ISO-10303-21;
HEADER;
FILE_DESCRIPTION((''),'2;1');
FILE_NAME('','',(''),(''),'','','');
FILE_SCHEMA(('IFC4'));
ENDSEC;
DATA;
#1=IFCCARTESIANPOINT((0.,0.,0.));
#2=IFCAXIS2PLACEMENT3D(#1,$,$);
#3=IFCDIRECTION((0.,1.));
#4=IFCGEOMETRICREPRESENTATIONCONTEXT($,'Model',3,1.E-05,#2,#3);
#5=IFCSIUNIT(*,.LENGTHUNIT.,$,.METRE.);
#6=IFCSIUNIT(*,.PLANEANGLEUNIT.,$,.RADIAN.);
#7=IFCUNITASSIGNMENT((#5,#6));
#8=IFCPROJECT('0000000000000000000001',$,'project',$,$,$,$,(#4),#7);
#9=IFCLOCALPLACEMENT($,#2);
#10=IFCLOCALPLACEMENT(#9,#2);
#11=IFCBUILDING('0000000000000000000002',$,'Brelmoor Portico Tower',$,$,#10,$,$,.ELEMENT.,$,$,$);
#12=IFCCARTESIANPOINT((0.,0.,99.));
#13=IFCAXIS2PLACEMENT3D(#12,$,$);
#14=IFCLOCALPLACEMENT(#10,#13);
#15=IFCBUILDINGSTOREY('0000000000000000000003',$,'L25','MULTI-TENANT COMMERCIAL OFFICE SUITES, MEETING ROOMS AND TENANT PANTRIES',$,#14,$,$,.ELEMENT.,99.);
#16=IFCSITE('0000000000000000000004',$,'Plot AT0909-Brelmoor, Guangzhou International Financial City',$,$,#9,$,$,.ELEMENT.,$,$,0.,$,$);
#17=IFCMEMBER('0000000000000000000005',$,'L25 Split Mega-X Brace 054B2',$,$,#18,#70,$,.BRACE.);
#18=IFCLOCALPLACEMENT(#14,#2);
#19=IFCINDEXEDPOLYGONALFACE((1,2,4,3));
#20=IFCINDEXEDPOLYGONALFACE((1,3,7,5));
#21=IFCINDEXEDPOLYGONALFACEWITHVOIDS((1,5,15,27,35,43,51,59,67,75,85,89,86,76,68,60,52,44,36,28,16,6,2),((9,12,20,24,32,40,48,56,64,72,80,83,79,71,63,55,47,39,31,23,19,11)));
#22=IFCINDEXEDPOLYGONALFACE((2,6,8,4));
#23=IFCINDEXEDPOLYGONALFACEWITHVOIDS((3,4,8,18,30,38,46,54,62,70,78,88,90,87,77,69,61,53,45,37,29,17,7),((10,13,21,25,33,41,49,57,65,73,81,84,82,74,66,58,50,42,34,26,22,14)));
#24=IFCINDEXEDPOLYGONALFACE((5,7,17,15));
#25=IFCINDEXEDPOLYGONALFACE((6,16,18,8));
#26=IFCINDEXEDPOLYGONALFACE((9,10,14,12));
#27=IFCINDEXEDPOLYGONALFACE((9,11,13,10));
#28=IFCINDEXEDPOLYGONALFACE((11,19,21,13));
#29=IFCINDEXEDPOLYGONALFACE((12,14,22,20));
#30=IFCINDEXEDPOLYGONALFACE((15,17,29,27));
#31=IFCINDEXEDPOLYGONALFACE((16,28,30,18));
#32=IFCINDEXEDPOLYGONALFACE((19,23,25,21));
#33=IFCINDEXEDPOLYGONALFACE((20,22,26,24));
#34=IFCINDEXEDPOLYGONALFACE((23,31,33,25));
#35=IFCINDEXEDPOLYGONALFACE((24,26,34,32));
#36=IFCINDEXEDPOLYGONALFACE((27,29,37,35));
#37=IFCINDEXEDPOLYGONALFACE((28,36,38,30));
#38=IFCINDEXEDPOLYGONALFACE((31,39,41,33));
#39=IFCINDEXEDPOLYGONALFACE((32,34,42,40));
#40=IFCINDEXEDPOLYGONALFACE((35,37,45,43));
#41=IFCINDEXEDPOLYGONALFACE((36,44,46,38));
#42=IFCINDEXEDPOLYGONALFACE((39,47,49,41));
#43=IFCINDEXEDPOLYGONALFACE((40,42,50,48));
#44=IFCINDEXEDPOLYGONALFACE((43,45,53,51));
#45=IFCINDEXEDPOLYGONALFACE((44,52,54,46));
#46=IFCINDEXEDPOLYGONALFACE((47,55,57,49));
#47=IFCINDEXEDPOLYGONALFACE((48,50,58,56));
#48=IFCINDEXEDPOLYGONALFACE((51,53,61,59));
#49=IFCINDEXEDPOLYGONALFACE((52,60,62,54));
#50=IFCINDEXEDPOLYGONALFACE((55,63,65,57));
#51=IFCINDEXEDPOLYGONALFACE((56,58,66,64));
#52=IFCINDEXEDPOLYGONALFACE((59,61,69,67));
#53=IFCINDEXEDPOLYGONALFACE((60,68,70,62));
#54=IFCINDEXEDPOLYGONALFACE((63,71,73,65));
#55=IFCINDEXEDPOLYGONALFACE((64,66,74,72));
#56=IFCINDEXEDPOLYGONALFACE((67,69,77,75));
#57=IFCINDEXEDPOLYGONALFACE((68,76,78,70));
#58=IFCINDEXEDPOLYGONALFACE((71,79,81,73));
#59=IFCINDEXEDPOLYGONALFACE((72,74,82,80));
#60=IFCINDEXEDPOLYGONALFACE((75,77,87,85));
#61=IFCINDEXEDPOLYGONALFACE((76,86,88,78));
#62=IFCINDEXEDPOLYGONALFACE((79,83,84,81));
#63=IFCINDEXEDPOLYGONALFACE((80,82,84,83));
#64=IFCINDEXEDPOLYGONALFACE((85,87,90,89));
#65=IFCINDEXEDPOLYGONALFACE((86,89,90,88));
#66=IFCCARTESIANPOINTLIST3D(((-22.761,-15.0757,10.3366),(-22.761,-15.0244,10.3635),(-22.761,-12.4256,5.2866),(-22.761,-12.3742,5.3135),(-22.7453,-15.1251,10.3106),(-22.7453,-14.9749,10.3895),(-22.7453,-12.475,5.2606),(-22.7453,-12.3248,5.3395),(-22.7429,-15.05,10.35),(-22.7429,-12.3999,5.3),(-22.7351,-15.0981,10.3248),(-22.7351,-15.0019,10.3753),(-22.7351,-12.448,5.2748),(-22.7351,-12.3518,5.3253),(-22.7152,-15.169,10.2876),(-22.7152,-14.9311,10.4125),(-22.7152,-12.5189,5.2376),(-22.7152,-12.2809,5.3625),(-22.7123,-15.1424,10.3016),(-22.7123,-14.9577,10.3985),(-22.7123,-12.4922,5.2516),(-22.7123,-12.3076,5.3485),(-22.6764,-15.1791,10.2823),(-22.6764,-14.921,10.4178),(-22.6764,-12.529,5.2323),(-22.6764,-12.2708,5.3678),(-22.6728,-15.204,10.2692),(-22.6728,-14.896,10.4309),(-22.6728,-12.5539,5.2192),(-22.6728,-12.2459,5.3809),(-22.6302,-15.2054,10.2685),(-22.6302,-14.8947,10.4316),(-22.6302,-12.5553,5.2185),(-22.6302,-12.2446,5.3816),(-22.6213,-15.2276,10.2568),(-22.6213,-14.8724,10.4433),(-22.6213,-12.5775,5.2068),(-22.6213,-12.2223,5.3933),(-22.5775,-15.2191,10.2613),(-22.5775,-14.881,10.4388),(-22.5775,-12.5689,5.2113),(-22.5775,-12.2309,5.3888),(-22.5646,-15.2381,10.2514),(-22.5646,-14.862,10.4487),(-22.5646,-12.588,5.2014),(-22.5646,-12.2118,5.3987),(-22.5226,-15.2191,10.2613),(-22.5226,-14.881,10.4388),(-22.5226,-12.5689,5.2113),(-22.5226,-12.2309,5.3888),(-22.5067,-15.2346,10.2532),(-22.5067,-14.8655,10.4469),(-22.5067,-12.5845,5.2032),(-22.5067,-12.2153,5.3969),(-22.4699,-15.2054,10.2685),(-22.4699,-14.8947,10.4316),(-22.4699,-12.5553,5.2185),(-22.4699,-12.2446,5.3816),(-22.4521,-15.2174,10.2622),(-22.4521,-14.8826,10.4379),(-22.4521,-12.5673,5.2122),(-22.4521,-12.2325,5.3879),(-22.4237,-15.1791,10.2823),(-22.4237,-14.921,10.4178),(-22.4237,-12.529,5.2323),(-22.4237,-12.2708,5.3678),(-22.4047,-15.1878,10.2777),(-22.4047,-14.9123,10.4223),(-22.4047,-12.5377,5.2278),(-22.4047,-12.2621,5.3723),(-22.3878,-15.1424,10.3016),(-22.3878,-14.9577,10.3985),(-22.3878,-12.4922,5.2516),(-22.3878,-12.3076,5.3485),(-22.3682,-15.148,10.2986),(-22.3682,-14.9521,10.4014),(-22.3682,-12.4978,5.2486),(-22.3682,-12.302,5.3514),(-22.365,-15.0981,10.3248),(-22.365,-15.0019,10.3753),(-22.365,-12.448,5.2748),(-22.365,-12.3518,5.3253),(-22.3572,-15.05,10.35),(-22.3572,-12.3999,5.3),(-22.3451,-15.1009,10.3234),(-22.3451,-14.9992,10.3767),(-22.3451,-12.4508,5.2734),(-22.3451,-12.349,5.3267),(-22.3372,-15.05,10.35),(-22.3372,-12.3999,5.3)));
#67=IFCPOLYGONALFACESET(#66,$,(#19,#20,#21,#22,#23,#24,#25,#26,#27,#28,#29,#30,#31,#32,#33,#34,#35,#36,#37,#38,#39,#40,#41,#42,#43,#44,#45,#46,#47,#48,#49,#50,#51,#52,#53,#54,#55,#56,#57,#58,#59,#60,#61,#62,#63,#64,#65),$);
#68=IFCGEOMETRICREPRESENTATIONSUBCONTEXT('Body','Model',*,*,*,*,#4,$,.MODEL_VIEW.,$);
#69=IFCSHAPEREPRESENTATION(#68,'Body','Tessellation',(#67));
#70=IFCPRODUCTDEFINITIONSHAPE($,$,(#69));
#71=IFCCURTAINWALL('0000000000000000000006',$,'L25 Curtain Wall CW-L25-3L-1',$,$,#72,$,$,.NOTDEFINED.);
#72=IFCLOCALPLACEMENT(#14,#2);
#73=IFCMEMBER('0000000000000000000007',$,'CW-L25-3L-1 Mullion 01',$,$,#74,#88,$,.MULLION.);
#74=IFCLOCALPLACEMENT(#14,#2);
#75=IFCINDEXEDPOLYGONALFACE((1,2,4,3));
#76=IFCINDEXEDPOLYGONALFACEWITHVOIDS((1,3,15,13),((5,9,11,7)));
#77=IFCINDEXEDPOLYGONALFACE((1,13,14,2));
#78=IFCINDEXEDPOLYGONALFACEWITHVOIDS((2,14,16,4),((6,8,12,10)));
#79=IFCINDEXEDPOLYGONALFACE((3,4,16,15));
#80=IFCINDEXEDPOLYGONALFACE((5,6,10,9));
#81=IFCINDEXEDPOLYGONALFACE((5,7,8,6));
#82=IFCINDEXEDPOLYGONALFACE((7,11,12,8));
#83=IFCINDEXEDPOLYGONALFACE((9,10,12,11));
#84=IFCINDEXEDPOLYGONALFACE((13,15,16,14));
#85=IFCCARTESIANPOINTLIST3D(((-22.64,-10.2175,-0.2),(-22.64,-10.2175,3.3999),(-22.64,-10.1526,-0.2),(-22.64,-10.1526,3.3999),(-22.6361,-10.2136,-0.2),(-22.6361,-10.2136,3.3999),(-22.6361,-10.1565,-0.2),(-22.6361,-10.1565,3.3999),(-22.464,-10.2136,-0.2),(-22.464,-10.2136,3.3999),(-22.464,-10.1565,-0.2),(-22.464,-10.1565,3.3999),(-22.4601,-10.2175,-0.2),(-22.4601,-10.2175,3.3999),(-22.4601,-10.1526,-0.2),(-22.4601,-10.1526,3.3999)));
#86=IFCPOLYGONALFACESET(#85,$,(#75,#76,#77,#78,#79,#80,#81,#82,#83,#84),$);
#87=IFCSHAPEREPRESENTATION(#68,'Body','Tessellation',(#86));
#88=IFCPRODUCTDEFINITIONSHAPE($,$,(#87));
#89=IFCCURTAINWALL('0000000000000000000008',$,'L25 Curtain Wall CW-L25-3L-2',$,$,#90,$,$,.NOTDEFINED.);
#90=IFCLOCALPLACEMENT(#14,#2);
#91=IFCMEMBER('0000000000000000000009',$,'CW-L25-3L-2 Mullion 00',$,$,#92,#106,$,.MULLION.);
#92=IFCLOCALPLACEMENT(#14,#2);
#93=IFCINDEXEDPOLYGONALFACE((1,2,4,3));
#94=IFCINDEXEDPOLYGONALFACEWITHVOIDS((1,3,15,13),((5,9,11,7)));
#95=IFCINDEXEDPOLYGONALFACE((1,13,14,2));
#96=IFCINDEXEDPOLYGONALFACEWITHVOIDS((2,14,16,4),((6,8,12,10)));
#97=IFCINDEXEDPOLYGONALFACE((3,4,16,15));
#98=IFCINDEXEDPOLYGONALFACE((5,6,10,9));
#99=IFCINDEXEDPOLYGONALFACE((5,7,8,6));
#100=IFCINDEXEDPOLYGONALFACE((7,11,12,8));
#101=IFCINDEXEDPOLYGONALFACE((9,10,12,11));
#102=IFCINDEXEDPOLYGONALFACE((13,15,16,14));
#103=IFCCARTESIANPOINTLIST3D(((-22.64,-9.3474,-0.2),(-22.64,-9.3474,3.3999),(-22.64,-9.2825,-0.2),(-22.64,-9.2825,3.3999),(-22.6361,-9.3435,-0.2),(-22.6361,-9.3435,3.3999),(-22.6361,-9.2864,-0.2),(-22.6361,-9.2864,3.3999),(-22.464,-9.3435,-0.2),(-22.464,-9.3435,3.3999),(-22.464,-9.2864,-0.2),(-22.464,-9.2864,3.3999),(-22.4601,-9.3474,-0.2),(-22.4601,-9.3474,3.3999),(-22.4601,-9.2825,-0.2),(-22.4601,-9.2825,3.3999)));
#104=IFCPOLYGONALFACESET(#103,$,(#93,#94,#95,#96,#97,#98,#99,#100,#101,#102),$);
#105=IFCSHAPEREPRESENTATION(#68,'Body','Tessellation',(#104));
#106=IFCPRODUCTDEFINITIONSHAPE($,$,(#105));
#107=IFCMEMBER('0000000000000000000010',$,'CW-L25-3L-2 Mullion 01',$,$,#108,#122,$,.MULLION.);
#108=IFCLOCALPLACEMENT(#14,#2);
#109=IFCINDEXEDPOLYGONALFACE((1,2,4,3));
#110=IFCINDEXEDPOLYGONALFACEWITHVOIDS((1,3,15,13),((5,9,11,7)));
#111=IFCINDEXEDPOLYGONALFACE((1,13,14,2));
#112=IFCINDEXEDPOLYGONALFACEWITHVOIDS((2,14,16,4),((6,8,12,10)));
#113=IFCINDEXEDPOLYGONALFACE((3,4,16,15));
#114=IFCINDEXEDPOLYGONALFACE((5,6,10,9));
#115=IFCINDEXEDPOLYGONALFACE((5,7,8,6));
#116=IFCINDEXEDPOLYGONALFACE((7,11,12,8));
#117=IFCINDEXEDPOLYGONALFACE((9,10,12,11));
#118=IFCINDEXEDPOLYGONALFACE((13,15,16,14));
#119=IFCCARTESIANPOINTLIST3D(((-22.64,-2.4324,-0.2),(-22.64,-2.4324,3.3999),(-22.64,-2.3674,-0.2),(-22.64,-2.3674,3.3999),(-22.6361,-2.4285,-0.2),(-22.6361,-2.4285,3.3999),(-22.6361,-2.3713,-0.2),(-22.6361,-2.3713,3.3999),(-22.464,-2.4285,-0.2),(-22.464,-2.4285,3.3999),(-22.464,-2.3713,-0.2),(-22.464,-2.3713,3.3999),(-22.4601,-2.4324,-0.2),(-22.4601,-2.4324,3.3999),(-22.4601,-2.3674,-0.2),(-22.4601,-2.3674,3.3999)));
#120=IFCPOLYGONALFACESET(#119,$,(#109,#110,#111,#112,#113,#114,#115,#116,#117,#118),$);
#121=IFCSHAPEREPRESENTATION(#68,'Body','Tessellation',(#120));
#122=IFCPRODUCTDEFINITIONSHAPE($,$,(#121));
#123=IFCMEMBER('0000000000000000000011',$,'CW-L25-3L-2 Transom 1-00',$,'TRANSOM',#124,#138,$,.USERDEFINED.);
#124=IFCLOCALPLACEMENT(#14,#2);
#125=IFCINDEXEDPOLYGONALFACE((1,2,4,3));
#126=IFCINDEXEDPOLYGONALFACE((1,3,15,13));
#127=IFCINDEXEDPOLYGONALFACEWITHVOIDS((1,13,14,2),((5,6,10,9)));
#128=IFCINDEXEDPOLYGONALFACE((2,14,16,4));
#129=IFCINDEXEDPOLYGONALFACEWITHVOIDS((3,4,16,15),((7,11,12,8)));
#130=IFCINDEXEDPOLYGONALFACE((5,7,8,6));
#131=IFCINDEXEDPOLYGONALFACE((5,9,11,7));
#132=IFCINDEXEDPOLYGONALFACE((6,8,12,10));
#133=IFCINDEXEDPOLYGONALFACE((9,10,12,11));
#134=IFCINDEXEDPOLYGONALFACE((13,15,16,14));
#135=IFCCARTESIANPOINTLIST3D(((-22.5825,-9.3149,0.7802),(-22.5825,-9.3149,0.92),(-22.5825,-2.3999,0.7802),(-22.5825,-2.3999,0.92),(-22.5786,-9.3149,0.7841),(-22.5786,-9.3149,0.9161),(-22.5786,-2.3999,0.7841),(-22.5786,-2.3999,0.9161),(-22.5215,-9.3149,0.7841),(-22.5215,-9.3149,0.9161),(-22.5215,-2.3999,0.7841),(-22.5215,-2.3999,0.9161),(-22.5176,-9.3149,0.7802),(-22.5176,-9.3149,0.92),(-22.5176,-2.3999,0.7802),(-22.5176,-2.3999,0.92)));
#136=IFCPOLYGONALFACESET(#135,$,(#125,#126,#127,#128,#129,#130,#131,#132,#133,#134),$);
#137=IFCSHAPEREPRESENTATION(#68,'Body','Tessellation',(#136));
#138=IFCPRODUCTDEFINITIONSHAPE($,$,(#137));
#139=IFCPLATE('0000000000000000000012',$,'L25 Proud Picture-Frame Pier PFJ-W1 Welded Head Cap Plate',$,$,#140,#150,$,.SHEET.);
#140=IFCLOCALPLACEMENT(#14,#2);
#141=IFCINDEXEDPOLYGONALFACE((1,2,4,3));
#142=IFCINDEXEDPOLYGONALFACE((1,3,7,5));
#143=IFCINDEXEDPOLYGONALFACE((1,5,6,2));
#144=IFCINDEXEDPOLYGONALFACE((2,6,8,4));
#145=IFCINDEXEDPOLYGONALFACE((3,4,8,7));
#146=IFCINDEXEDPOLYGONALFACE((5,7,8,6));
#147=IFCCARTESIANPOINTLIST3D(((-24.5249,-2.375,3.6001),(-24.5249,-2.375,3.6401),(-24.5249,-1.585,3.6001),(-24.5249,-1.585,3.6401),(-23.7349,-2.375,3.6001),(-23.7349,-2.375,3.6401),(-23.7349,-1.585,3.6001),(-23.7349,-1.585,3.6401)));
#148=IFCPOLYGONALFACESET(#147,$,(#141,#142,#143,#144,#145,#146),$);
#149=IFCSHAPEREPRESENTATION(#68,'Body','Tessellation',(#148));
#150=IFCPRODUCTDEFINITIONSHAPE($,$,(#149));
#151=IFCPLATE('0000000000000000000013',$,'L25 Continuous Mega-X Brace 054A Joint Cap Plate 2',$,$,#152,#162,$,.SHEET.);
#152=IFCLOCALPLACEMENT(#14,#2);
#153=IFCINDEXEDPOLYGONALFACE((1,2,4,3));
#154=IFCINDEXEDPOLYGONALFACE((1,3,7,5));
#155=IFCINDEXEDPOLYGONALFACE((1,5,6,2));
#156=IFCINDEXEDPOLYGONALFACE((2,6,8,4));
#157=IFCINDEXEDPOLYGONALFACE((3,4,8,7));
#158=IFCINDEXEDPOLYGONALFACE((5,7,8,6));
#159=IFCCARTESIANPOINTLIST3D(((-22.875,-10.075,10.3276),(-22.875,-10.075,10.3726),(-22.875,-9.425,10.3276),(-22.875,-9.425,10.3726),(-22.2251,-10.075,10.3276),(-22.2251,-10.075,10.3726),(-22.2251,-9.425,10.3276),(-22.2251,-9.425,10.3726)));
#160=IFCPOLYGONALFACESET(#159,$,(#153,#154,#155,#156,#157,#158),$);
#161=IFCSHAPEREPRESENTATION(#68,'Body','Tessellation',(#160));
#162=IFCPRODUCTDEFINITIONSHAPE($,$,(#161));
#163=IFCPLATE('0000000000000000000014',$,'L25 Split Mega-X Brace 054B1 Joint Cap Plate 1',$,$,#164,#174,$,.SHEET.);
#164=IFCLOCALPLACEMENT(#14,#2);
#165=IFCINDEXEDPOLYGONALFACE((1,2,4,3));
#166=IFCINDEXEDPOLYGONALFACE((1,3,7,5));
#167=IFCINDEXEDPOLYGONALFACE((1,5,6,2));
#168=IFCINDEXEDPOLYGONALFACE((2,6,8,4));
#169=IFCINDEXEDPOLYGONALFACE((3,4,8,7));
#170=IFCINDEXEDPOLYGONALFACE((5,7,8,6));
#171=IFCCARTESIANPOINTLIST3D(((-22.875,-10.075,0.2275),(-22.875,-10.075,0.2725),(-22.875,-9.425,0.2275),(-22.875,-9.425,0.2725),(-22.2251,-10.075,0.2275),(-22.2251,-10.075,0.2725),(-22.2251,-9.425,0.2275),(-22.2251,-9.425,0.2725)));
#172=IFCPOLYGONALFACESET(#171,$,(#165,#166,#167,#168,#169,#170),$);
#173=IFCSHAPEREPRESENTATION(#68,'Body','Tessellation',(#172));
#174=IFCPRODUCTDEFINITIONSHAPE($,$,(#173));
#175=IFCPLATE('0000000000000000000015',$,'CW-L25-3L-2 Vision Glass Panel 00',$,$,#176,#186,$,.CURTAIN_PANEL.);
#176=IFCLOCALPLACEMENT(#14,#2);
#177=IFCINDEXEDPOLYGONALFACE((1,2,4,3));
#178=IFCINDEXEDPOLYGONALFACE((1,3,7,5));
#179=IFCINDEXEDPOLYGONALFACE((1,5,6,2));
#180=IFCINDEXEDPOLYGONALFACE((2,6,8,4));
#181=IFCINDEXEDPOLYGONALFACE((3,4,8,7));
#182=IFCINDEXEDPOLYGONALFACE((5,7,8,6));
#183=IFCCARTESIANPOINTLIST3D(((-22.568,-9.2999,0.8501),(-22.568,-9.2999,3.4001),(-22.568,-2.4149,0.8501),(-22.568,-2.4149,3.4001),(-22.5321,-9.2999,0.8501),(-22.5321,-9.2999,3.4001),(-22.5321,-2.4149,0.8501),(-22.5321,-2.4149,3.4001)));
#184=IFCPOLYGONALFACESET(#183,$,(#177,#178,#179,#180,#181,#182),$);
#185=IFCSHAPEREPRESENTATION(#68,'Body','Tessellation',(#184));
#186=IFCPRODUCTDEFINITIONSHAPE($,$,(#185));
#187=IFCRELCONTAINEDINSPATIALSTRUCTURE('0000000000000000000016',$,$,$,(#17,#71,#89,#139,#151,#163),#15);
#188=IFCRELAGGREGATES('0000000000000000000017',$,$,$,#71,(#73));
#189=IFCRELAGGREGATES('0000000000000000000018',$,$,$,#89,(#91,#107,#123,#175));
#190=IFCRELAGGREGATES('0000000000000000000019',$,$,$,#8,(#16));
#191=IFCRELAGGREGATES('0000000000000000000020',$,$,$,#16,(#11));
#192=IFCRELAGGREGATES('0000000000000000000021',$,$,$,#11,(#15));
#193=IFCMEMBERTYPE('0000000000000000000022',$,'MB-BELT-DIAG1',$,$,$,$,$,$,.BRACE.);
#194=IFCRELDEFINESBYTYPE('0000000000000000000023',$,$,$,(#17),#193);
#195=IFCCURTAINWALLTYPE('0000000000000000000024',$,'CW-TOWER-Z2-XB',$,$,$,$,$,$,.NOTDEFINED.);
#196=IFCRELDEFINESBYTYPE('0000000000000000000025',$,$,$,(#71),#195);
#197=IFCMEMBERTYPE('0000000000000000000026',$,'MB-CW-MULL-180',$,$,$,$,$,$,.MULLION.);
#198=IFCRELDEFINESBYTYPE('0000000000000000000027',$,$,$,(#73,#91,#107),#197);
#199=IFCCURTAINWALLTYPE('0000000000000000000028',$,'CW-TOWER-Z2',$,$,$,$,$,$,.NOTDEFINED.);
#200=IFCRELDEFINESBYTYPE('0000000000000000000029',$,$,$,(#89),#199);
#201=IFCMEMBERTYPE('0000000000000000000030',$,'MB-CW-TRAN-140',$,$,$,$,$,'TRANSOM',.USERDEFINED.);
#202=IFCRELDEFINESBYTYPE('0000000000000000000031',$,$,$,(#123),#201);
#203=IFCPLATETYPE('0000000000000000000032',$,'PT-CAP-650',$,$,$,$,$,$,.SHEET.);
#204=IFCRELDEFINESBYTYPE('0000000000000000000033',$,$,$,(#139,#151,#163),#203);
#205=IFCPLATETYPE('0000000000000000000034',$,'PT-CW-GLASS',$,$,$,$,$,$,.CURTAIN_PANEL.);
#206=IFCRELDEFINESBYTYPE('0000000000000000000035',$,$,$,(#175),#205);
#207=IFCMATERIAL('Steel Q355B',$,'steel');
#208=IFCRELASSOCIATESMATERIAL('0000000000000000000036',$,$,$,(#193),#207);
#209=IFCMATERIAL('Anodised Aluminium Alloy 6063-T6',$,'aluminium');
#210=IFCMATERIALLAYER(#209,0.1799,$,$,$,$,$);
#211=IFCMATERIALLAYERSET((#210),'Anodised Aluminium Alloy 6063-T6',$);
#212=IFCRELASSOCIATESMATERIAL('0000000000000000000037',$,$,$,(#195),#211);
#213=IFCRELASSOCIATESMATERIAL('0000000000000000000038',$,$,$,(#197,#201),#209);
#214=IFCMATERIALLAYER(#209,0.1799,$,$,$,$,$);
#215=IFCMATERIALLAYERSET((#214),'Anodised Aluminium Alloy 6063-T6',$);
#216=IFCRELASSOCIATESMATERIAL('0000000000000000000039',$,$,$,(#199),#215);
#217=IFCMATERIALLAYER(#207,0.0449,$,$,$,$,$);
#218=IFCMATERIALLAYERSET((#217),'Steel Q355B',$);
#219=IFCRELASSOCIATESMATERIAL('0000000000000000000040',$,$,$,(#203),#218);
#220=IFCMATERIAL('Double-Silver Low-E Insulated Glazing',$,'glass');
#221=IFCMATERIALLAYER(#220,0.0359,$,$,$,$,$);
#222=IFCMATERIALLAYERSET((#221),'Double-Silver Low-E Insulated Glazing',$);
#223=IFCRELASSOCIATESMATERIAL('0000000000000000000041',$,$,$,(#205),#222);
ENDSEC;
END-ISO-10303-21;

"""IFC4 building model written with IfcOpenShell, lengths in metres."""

from ifc_helpers import new_model, si_unit, direction, frame, origin, origin_2d, place, context, subcontext, project, spatial, rectangle, hollow_rectangle, hollow_circle, extrude, material, layer, layer_set, material_profile, profile_set, type_object, element, aggregate, save


model = new_model("IFC4")

# Units and contexts
model_context = context("Model", 3, precision=1e-05, world=origin(), true_north=direction((0.0, 1.0)))
body_context = subcontext(model_context, "Body", "Model", "MODEL_VIEW")
ifc_project = project(units=[si_unit("LENGTHUNIT", "METRE"), si_unit("PLANEANGLEUNIT", "RADIAN")], contexts=[model_context])

# Site, building, storey
site_placement = place(None, origin())
site = spatial("IfcSite", under=ifc_project, at=site_placement, Name="Plot AT0909-Brelmoor, Guangzhou International Financial City", CompositionType="ELEMENT", RefElevation=0.0)
building_placement = place(site_placement, origin())
building = spatial("IfcBuilding", under=site, at=building_placement, Name="Brelmoor Portico Tower", CompositionType="ELEMENT")
storey_placement = place(building_placement, frame((0.0, 0.0, 99.0)))
storey = spatial("IfcBuildingStorey", under=building, at=storey_placement, Name="L25", Description="MULTI-TENANT COMMERCIAL OFFICE SUITES, MEETING ROOMS AND TENANT PANTRIES", CompositionType="ELEMENT", Elevation=99.0)

# Shared definitions
ifc_material_1 = material(Name="Steel Q355B", Category="steel")

# Member
ifc_material_profile_1 = material_profile(ifc_material_1, hollow_circle(Radius=0.2129, WallThickness=0.02, at=origin_2d()), Name="CHS 426x20")
ifc_profile_set_1 = profile_set([ifc_material_profile_1], Name="Steel Q355B")
member_type_1 = type_object("IfcMemberType", Name="MB-BELT-DIAG1", PredefinedType="BRACE", material=ifc_profile_set_1)
for number, where, z_axis, x_axis, name in (
    (1, (-22.55, -12.3999, 5.3), (0.0, -0.464679, 0.885479), (1.0, 0.0, 0.0), "L25 Split Mega-X Brace 054B2"),
):
    element("IfcMember", number, at=place(storey_placement, frame(where, z_axis=z_axis, x_axis=x_axis)), inside=storey, type_object=member_type_1, Name=name, PredefinedType="BRACE", context=body_context, shape_type="SweptSolid", body=[
        extrude(hollow_circle(Radius=0.2129, WallThickness=0.02, at=origin_2d()), origin(), (0.0, 0.0, 1.0), 5.7031),
    ])

# Curtain wall, member
ifc_material_2 = material(Name="Anodised Aluminium Alloy 6063-T6", Category="aluminium")
ifc_layer_1 = layer(ifc_material_2, 0.1799)
ifc_layer_set_1 = layer_set([ifc_layer_1], Name="Anodised Aluminium Alloy 6063-T6")
curtain_wall_type_1 = type_object("IfcCurtainWallType", Name="CW-TOWER-Z2-XB", PredefinedType="NOTDEFINED", material=ifc_layer_set_1)
curtain_wall_1_placement = place(storey_placement, origin())
curtain_wall_1 = element("IfcCurtainWall", 2, at=curtain_wall_1_placement, inside=storey, type_object=curtain_wall_type_1, Name="L25 Curtain Wall CW-L25-3L-1", PredefinedType="NOTDEFINED")
ifc_material_profile_2 = material_profile(ifc_material_2, hollow_rectangle(XDim=0.0649, YDim=0.1799, WallThickness=0.0039, at=origin_2d()), Name="ALU MULLION 65x180")
ifc_profile_set_2 = profile_set([ifc_material_profile_2], Name="Anodised Aluminium Alloy 6063-T6")
member_type_2 = type_object("IfcMemberType", Name="MB-CW-MULL-180", PredefinedType="MULLION", material=ifc_profile_set_2)
member_1_placement = place(storey_placement, frame((-22.55, -10.1851, -0.2), z_axis=(0.0, 0.0, 1.0), x_axis=(0.0, 1.0, 0.0)))
member_1 = element("IfcMember", 3, at=member_1_placement, type_object=member_type_2, Name="CW-L25-3L-1 Mullion 01", PredefinedType="MULLION", context=body_context, shape_type="SweptSolid", body=[
    extrude(hollow_rectangle(XDim=0.0649, YDim=0.1799, WallThickness=0.0039, at=origin_2d()), origin(), (0.0, 0.0, 1.0), 3.5999),
])

# Curtain wall, members
ifc_layer_2 = layer(ifc_material_2, 0.1799)
ifc_layer_set_2 = layer_set([ifc_layer_2], Name="Anodised Aluminium Alloy 6063-T6")
curtain_wall_type_2 = type_object("IfcCurtainWallType", Name="CW-TOWER-Z2", PredefinedType="NOTDEFINED", material=ifc_layer_set_2)
curtain_wall_2_placement = place(storey_placement, origin())
curtain_wall_2 = element("IfcCurtainWall", 4, at=curtain_wall_2_placement, inside=storey, type_object=curtain_wall_type_2, Name="L25 Curtain Wall CW-L25-3L-2", PredefinedType="NOTDEFINED")
member_2_placement = place(storey_placement, frame((-22.55, -9.3149, -0.2), z_axis=(0.0, 0.0, 1.0), x_axis=(0.0, 1.0, 0.0)))
member_2 = element("IfcMember", 5, at=member_2_placement, type_object=member_type_2, Name="CW-L25-3L-2 Mullion 00", PredefinedType="MULLION", context=body_context, shape_type="SweptSolid", body=[
    extrude(hollow_rectangle(XDim=0.0649, YDim=0.1799, WallThickness=0.0039, at=origin_2d()), origin(), (0.0, 0.0, 1.0), 3.5999),
])
member_3_placement = place(storey_placement, frame((-22.55, -2.3999, -0.2), z_axis=(0.0, 0.0, 1.0), x_axis=(0.0, 1.0, 0.0)))
member_3 = element("IfcMember", 6, at=member_3_placement, type_object=member_type_2, Name="CW-L25-3L-2 Mullion 01", PredefinedType="MULLION", context=body_context, shape_type="SweptSolid", body=[
    extrude(hollow_rectangle(XDim=0.0649, YDim=0.1799, WallThickness=0.0039, at=origin_2d()), origin(), (0.0, 0.0, 1.0), 3.5999),
])
ifc_material_profile_3 = material_profile(ifc_material_2, hollow_rectangle(XDim=0.0649, YDim=0.1399, WallThickness=0.0039, at=origin_2d()), Name="ALU TRANSOM 65x140")
ifc_profile_set_3 = profile_set([ifc_material_profile_3], Name="Anodised Aluminium Alloy 6063-T6")
member_type_3 = type_object("IfcMemberType", Name="MB-CW-TRAN-140", ElementType="TRANSOM", PredefinedType="USERDEFINED", material=ifc_profile_set_3)
member_4_placement = place(storey_placement, frame((-22.55, -9.3149, 0.8501), z_axis=(0.0, 1.0, 0.0), x_axis=(-1.0, 0.0, 0.0)))
member_4 = element("IfcMember", 7, at=member_4_placement, type_object=member_type_3, Name="CW-L25-3L-2 Transom 1-00", ObjectType="TRANSOM", PredefinedType="USERDEFINED", context=body_context, shape_type="SweptSolid", body=[
    extrude(hollow_rectangle(XDim=0.0649, YDim=0.1399, WallThickness=0.0039, at=origin_2d()), origin(), (0.0, 0.0, 1.0), 6.915),
])

# Plates
ifc_layer_3 = layer(ifc_material_1, 0.0449)
ifc_layer_set_3 = layer_set([ifc_layer_3], Name="Steel Q355B")
plate_type_1 = type_object("IfcPlateType", Name="PT-CAP-650", PredefinedType="SHEET", material=ifc_layer_set_3)
plate_1_placement = place(storey_placement, frame((-24.1299, -1.98, 3.6001), z_axis=(0.0, 0.0, 1.0), x_axis=(0.0, 1.0, 0.0)))
element("IfcPlate", 8, at=plate_1_placement, inside=storey, type_object=plate_type_1, Name="L25 Proud Picture-Frame Pier PFJ-W1 Welded Head Cap Plate", PredefinedType="SHEET", context=body_context, shape_type="SweptSolid", body=[
    extrude(rectangle(XDim=0.79, YDim=0.79, at=origin_2d()), origin(), (0.0, 0.0, 1.0), 0.04),
])
for number, where, z_axis, x_axis, name in (
    (9, (-22.55, -9.75, 10.3276), (0.0, 0.0, 1.0), (1.0, 0.0, 0.0), "L25 Continuous Mega-X Brace 054A Joint Cap Plate 2"),
    (10, (-22.55, -9.75, 0.2275), (0.0, 0.0, 1.0), (1.0, 0.0, 0.0), "L25 Split Mega-X Brace 054B1 Joint Cap Plate 1"),
):
    element("IfcPlate", number, at=place(storey_placement, frame(where, z_axis=z_axis, x_axis=x_axis)), inside=storey, type_object=plate_type_1, Name=name, PredefinedType="SHEET", context=body_context, shape_type="SweptSolid", body=[
        extrude(rectangle(XDim=0.6499, YDim=0.6499, at=origin_2d()), origin(), (0.0, 0.0, 1.0), 0.0449),
    ])

# Plate
ifc_material_3 = material(Name="Double-Silver Low-E Insulated Glazing", Category="glass")
ifc_layer_4 = layer(ifc_material_3, 0.0359)
ifc_layer_set_4 = layer_set([ifc_layer_4], Name="Double-Silver Low-E Insulated Glazing")
plate_type_2 = type_object("IfcPlateType", Name="PT-CW-GLASS", PredefinedType="CURTAIN_PANEL", material=ifc_layer_set_4)
plate_2_placement = place(storey_placement, frame((-22.55, -5.8574, 0.8501), z_axis=(0.0, 0.0, 1.0), x_axis=(0.0, 1.0, 0.0)))
plate_2 = element("IfcPlate", 11, at=plate_2_placement, type_object=plate_type_2, Name="CW-L25-3L-2 Vision Glass Panel 00", PredefinedType="CURTAIN_PANEL", context=body_context, shape_type="SweptSolid", body=[
    extrude(rectangle(XDim=6.885, YDim=0.0359, at=origin_2d()), origin(), (0.0, 0.0, 1.0), 2.55),
])
aggregate(curtain_wall_1, [member_1])
aggregate(curtain_wall_2, [member_2, member_3, member_4, plate_2])

save(model, "model.ifc")
